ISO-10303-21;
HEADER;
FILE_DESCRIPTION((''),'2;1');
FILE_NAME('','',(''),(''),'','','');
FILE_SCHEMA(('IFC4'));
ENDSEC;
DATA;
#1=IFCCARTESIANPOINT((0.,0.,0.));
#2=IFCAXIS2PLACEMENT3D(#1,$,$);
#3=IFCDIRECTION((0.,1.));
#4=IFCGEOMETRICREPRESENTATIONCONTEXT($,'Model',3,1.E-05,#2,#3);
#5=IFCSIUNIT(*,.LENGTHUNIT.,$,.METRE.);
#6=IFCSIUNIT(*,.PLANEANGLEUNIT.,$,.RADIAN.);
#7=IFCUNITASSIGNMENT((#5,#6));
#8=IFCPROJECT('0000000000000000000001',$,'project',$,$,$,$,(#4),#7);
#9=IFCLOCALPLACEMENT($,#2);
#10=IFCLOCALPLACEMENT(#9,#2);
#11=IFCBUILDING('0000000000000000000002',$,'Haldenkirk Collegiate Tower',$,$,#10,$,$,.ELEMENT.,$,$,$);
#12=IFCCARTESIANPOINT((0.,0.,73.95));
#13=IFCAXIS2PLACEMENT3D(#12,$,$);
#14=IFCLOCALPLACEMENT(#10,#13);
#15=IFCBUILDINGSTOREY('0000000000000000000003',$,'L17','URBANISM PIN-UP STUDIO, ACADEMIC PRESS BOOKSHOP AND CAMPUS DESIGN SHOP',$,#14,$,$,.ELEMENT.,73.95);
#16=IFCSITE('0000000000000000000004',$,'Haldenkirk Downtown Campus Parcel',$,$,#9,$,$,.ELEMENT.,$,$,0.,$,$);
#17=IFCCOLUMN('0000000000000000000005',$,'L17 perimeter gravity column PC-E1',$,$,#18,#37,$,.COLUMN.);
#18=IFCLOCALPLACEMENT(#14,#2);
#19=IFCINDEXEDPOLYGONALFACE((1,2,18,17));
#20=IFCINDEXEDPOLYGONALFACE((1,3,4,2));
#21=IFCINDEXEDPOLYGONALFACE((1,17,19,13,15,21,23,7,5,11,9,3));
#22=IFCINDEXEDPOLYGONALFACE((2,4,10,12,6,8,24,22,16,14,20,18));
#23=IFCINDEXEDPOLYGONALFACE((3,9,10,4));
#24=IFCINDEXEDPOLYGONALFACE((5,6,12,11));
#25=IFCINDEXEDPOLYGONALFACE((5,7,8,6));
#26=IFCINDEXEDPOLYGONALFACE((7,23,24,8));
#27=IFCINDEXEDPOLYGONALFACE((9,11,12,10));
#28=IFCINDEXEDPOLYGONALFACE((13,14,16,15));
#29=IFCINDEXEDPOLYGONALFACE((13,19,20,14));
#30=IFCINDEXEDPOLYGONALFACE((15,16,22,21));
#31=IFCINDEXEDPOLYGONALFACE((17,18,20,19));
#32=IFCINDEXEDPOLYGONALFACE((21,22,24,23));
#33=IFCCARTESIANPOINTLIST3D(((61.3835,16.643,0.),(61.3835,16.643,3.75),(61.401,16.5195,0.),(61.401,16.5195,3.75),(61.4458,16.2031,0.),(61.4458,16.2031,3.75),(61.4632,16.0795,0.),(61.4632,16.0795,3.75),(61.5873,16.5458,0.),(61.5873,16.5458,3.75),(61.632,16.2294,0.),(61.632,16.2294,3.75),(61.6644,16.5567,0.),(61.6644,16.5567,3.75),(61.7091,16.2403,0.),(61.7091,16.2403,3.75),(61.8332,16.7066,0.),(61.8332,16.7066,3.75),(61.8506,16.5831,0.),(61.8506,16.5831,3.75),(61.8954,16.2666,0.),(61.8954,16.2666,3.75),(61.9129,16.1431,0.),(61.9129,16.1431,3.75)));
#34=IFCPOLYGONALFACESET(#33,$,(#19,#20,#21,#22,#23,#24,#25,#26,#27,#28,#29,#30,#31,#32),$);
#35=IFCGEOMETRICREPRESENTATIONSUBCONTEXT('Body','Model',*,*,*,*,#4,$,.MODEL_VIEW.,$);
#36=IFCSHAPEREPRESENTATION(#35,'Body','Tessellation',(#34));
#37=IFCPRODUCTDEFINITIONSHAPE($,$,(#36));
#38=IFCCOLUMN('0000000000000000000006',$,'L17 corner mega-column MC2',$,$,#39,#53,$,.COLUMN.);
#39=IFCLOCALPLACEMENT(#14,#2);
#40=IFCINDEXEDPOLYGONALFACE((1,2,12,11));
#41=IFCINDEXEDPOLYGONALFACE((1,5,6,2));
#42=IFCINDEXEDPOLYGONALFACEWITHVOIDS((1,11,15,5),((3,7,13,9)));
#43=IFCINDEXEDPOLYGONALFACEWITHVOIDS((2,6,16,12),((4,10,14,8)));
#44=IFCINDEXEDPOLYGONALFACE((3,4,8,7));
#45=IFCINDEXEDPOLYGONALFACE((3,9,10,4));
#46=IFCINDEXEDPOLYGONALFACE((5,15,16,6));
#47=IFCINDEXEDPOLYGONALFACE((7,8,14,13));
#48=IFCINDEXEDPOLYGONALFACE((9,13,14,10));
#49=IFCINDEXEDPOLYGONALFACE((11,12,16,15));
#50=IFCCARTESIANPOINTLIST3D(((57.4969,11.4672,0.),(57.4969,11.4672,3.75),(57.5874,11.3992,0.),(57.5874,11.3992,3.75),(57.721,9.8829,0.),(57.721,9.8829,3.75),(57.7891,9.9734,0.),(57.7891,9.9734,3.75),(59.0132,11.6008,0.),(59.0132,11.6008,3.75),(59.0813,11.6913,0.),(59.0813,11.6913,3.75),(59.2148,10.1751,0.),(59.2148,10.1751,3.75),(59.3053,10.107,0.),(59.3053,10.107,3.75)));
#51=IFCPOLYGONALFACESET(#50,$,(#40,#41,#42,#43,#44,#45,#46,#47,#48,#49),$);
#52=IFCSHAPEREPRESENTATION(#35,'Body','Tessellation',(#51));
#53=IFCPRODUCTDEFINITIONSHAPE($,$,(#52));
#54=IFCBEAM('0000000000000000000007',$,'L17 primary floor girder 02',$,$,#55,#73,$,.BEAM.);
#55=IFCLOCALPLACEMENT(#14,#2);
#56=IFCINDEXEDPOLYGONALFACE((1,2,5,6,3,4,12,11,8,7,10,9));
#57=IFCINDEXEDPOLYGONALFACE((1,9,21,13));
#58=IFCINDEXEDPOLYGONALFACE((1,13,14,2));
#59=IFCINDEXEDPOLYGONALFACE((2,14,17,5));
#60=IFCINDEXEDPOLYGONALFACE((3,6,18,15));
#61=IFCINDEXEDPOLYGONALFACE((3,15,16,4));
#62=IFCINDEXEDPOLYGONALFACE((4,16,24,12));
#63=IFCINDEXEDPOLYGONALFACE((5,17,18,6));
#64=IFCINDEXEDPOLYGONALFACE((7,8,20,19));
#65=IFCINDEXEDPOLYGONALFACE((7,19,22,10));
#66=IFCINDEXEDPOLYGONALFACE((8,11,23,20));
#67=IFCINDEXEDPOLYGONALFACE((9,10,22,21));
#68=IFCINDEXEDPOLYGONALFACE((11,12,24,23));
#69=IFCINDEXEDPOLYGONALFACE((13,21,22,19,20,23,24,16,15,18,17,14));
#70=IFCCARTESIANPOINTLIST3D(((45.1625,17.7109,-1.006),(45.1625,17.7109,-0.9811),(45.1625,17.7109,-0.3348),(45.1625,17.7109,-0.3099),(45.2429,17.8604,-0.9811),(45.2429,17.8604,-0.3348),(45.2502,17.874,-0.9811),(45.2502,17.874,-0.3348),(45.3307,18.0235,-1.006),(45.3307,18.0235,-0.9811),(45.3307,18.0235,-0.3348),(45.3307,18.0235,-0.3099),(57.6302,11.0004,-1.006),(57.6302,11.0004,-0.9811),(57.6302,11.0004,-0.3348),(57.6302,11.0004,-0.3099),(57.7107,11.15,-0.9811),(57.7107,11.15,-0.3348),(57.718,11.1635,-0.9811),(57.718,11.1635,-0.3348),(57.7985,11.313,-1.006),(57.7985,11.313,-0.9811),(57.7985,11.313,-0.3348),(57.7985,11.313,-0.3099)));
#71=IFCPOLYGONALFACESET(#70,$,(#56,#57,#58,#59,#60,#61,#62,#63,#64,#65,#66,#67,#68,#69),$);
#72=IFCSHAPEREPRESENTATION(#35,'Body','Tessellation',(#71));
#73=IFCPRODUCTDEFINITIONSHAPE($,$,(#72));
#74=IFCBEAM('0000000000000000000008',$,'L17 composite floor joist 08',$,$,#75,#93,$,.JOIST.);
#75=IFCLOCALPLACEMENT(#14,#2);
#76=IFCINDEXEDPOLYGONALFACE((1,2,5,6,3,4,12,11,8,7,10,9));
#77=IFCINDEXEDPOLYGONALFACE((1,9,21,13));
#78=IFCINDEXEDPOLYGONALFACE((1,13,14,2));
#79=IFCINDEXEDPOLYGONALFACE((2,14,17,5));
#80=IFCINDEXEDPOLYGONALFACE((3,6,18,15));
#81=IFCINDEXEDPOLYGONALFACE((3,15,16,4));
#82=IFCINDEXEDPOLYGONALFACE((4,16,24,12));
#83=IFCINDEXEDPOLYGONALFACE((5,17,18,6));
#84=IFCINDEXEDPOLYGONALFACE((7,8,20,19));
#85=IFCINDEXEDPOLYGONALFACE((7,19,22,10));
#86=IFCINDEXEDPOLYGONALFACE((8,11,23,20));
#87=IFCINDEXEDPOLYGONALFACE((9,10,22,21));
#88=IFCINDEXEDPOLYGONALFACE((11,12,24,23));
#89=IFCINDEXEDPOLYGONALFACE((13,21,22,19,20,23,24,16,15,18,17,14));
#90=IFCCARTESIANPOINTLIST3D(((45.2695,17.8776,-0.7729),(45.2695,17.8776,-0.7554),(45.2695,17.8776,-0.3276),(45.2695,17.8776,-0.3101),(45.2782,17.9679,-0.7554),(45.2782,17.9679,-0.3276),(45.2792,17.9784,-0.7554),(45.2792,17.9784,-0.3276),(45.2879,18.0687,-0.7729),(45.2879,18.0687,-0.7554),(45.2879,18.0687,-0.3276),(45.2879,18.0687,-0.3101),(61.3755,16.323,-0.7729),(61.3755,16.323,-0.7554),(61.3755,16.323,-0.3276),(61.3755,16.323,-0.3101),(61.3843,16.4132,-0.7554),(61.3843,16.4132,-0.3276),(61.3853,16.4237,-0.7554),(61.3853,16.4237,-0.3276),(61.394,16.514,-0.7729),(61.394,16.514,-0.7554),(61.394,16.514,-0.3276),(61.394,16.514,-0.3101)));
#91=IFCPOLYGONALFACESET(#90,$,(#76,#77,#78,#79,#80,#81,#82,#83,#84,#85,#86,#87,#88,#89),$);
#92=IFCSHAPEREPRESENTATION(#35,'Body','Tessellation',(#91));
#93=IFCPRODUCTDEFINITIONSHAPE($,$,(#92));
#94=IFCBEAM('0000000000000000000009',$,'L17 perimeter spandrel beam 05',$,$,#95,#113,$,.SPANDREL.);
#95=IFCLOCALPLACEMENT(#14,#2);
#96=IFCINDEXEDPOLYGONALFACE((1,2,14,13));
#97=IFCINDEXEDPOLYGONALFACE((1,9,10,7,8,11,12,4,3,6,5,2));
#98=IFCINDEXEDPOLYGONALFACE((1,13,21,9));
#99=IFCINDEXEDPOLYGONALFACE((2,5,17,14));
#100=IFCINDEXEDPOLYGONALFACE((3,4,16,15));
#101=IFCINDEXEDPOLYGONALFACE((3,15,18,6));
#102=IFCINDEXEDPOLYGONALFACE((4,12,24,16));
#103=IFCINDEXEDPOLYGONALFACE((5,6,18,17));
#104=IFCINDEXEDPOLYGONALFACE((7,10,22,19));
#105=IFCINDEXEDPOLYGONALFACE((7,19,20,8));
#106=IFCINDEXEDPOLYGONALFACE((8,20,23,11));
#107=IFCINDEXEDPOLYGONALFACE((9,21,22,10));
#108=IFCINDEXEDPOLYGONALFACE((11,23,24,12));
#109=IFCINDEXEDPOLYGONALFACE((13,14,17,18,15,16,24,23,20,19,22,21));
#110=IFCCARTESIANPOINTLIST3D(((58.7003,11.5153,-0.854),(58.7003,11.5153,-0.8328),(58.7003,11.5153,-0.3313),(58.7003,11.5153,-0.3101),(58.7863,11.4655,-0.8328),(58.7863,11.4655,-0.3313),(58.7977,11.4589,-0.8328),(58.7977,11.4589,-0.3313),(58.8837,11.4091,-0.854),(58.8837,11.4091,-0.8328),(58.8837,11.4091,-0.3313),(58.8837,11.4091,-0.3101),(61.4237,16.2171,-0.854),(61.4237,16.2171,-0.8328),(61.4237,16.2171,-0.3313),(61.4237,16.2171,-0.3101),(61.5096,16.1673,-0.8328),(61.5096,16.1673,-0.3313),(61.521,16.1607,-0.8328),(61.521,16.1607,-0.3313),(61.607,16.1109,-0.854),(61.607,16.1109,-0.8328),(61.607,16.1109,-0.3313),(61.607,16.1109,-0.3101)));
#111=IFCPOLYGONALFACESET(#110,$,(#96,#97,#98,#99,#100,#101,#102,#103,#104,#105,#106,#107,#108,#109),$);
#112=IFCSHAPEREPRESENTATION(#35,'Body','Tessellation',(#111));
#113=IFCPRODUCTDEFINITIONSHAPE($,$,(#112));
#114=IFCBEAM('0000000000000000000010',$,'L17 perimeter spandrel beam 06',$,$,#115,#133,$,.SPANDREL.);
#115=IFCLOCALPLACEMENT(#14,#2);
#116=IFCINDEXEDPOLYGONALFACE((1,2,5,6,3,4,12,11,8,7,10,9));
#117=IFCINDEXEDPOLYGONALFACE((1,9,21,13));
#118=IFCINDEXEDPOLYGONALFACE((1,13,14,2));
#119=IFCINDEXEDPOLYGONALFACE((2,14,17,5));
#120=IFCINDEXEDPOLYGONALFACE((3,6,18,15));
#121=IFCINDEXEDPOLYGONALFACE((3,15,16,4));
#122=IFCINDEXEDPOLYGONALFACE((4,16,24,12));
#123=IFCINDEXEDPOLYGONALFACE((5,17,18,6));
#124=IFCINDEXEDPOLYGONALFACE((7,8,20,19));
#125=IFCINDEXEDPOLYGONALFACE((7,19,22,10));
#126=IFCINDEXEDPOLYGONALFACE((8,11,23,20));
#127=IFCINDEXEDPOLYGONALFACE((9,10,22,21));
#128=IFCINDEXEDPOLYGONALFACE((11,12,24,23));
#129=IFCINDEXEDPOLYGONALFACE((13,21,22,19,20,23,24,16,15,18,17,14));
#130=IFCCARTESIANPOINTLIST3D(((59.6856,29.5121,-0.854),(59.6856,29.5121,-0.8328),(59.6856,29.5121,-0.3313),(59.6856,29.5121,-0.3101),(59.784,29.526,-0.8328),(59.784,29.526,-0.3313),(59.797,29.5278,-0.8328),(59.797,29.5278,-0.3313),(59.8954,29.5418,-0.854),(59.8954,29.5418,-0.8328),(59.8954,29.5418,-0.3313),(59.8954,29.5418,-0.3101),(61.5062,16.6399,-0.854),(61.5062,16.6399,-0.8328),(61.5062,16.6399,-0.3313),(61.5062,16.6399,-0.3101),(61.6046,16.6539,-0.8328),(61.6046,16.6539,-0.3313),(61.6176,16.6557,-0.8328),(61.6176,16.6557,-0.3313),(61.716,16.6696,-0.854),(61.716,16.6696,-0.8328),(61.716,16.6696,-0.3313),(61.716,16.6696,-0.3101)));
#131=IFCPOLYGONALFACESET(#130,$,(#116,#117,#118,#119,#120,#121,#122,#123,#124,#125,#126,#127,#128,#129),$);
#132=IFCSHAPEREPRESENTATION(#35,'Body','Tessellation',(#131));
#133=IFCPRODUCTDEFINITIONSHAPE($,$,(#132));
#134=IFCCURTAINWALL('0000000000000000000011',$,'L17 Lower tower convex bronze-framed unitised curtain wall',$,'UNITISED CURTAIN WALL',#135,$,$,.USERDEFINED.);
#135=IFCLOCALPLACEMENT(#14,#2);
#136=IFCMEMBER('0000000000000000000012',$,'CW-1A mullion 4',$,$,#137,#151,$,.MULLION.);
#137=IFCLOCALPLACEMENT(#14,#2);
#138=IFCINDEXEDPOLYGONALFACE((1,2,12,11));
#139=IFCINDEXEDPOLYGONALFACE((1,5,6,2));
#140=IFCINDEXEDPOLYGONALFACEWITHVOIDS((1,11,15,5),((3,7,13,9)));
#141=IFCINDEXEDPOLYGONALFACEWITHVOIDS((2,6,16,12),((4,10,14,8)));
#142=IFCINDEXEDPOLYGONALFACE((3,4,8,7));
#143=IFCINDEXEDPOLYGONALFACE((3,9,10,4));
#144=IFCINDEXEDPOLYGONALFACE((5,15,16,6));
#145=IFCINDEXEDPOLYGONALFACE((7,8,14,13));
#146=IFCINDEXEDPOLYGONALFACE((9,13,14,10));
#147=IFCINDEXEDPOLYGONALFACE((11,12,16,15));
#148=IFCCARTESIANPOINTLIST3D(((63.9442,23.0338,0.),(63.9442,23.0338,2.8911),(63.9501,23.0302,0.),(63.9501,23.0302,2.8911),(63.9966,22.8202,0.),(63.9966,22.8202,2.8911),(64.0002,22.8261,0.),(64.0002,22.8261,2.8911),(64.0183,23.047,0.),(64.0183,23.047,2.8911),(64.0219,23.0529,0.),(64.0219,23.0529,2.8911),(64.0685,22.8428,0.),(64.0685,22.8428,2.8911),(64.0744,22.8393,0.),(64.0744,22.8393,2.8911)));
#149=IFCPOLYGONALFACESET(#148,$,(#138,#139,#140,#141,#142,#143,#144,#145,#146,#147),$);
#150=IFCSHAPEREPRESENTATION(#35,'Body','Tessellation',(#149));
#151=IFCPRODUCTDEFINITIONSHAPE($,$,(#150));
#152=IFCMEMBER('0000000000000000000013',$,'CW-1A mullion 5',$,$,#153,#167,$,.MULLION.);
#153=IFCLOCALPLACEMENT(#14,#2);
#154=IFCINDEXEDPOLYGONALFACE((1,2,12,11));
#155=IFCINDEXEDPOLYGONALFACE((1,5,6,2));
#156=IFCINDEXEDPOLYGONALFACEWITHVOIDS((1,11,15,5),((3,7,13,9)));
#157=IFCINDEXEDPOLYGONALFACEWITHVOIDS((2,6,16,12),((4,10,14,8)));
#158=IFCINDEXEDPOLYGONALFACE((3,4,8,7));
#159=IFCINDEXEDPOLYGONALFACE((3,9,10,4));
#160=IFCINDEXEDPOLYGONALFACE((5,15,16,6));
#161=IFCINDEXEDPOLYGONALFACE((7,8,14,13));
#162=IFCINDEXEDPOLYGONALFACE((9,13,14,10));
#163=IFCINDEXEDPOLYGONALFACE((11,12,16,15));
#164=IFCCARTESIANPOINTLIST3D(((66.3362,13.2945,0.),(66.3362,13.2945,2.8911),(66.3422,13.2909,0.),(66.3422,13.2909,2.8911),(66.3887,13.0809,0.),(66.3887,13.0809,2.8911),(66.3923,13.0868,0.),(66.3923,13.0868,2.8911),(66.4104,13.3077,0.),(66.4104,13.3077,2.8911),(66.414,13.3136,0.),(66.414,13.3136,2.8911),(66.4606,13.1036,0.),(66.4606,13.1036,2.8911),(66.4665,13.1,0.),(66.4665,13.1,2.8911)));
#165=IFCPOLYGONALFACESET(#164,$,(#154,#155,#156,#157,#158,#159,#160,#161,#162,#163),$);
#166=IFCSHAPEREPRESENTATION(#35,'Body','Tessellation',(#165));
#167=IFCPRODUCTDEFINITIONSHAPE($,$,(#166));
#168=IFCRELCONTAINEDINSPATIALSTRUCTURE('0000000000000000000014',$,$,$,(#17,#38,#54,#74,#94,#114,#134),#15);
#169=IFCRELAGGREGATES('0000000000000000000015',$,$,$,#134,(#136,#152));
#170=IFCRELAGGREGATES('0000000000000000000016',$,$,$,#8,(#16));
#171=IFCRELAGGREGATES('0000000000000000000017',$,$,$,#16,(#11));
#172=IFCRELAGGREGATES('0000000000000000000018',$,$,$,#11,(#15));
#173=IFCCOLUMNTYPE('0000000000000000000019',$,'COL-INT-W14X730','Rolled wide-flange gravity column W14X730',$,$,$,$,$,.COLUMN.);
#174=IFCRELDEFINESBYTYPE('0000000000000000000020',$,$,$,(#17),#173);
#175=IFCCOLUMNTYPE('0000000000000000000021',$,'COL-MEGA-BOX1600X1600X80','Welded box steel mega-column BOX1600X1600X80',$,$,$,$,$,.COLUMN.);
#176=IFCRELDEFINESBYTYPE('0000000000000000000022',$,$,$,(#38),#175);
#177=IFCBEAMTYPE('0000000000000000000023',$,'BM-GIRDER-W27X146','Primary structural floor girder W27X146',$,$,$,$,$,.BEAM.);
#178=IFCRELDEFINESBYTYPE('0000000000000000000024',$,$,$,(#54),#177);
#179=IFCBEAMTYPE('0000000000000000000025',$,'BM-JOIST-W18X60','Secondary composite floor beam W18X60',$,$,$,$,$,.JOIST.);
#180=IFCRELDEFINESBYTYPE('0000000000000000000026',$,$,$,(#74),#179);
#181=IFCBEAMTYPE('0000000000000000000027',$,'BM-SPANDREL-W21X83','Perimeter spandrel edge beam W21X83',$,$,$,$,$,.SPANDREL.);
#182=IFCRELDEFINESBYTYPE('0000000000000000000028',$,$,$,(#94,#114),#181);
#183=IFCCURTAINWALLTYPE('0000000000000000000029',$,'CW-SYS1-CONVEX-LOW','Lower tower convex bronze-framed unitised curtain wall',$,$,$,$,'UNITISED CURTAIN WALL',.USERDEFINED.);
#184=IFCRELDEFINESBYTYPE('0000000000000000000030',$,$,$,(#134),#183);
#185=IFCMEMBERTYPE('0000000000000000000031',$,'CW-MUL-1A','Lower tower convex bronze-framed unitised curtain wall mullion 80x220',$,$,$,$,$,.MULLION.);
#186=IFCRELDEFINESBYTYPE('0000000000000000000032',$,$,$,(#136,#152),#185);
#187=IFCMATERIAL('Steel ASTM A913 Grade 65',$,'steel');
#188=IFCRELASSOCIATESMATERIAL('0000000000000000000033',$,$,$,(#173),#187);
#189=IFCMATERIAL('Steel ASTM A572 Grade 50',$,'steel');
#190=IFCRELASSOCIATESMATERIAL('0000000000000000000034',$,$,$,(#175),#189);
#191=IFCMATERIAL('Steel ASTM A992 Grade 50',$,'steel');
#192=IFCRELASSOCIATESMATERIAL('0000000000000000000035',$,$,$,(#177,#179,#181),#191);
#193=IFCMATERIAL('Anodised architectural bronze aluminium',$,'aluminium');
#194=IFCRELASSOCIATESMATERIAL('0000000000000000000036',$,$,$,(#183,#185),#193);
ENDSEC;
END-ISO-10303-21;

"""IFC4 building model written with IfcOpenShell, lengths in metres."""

from ifc_helpers import new_model, si_unit, direction, frame, origin, origin_2d, place, context, subcontext, project, spatial, hollow_rectangle, i_section, extrude, material, material_profile, profile_set, type_object, element, aggregate, save


model = new_model("IFC4")

# Units and contexts
model_context = context("Model", 3, precision=1e-05, world=origin(), true_north=direction((0.0, 1.0)))
body_context = subcontext(model_context, "Body", "Model", "MODEL_VIEW")
ifc_project = project(units=[si_unit("LENGTHUNIT", "METRE"), si_unit("PLANEANGLEUNIT", "RADIAN")], contexts=[model_context])

# Site, building, storey
site_placement = place(None, origin())
site = spatial("IfcSite", under=ifc_project, at=site_placement, Name="Haldenkirk Downtown Campus Parcel", CompositionType="ELEMENT", RefElevation=0.0)
building_placement = place(site_placement, origin())
building = spatial("IfcBuilding", under=site, at=building_placement, Name="Haldenkirk Collegiate Tower", CompositionType="ELEMENT")
storey_placement = place(building_placement, frame((0.0, 0.0, 73.95)))
storey = spatial("IfcBuildingStorey", under=building, at=storey_placement, Name="L17", Description="URBANISM PIN-UP STUDIO, ACADEMIC PRESS BOOKSHOP AND CAMPUS DESIGN SHOP", CompositionType="ELEMENT", Elevation=73.95)

# Columns
ifc_material_1 = material(Name="Steel ASTM A913 Grade 65", Category="steel")
ifc_material_profile_1 = material_profile(ifc_material_1, i_section(OverallWidth=0.4541, OverallDepth=0.5691, WebThickness=0.0779, FlangeThickness=0.1248, at=origin_2d()), Name="W14X730")
ifc_profile_set_1 = profile_set([ifc_material_profile_1], Name="Steel ASTM A913 Grade 65")
column_type_1 = type_object("IfcColumnType", Name="COL-INT-W14X730", Description="Rolled wide-flange gravity column W14X730", PredefinedType="COLUMN", material=ifc_profile_set_1)
column_1_placement = place(storey_placement, frame((61.6482, 16.3931, 0.0), z_axis=(0.0, 0.0, 1.0), x_axis=(0.990146, 0.140037, 0.0)))
element("IfcColumn", 1, at=column_1_placement, inside=storey, type_object=column_type_1, Name="L17 perimeter gravity column PC-E1", PredefinedType="COLUMN", context=body_context, shape_type="SweptSolid", body=[
    extrude(i_section(OverallWidth=0.4541, OverallDepth=0.5691, WebThickness=0.0779, FlangeThickness=0.1248, at=origin_2d()), origin(), (0.0, 0.0, 1.0), 3.75),
])
ifc_material_2 = material(Name="Steel ASTM A572 Grade 50", Category="steel")
ifc_material_profile_2 = material_profile(ifc_material_2, hollow_rectangle(XDim=1.6001, YDim=1.6001, WallThickness=0.0801, at=origin_2d()), Name="BOX1600X1600X80")
ifc_profile_set_2 = profile_set([ifc_material_profile_2], Name="Steel ASTM A572 Grade 50")
column_type_2 = type_object("IfcColumnType", Name="COL-MEGA-BOX1600X1600X80", Description="Welded box steel mega-column BOX1600X1600X80", PredefinedType="COLUMN", material=ifc_profile_set_2)
column_2_placement = place(storey_placement, frame((58.4011, 10.7871, 0.0), z_axis=(0.0, 0.0, 1.0), x_axis=(0.990146, 0.140037, 0.0)))
element("IfcColumn", 2, at=column_2_placement, inside=storey, type_object=column_type_2, Name="L17 corner mega-column MC2", PredefinedType="COLUMN", context=body_context, shape_type="SweptSolid", body=[
    extrude(hollow_rectangle(XDim=1.6001, YDim=1.6001, WallThickness=0.0801, at=origin_2d()), origin(), (0.0, 0.0, 1.0), 3.75),
])

# Beams
ifc_material_3 = material(Name="Steel ASTM A992 Grade 50", Category="steel")
ifc_material_profile_3 = material_profile(ifc_material_3, i_section(OverallWidth=0.355, OverallDepth=0.696, WebThickness=0.0154, FlangeThickness=0.0249, at=origin_2d()), Name="W27X146")
ifc_profile_set_3 = profile_set([ifc_material_profile_3], Name="Steel ASTM A992 Grade 50")
beam_type_1 = type_object("IfcBeamType", Name="BM-GIRDER-W27X146", Description="Primary structural floor girder W27X146", PredefinedType="BEAM", material=ifc_profile_set_3)
beam_1_placement = place(storey_placement, frame((57.7144, 11.1567, -0.658), z_axis=(-0.880559, 0.473937, 0.0), x_axis=(-0.473937, -0.880559, 0.0)))
element("IfcBeam", 3, at=beam_1_placement, inside=storey, type_object=beam_type_1, Name="L17 primary floor girder 02", PredefinedType="BEAM", context=body_context, shape_type="SweptSolid", body=[
    extrude(i_section(OverallWidth=0.355, OverallDepth=0.696, WebThickness=0.0154, FlangeThickness=0.0249, at=origin_2d()), origin(), (0.0, 0.0, 1.0), 14.1589),
])
ifc_material_profile_4 = material_profile(ifc_material_3, i_section(OverallWidth=0.1919, OverallDepth=0.4629, WebThickness=0.0105, FlangeThickness=0.0176, at=origin_2d()), Name="W18X60")
ifc_profile_set_4 = profile_set([ifc_material_profile_4], Name="Steel ASTM A992 Grade 50")
beam_type_2 = type_object("IfcBeamType", Name="BM-JOIST-W18X60", Description="Secondary composite floor beam W18X60", PredefinedType="JOIST", material=ifc_profile_set_4)
beam_2_placement = place(storey_placement, frame((61.3848, 16.4185, -0.5415), z_axis=(-0.995373, 0.096082, 0.0), x_axis=(-0.096082, -0.995373, 0.0)))
element("IfcBeam", 4, at=beam_2_placement, inside=storey, type_object=beam_type_2, Name="L17 composite floor joist 08", PredefinedType="JOIST", context=body_context, shape_type="SweptSolid", body=[
    extrude(i_section(OverallWidth=0.1919, OverallDepth=0.4629, WebThickness=0.0105, FlangeThickness=0.0176, at=origin_2d()), origin(), (0.0, 0.0, 1.0), 16.1809),
])
ifc_material_profile_5 = material_profile(ifc_material_3, i_section(OverallWidth=0.2119, OverallDepth=0.5439, WebThickness=0.0132, FlangeThickness=0.0212, at=origin_2d()), Name="W21X83")
ifc_profile_set_5 = profile_set([ifc_material_profile_5], Name="Steel ASTM A992 Grade 50")
beam_type_3 = type_object("IfcBeamType", Name="BM-SPANDREL-W21X83", Description="Perimeter spandrel edge beam W21X83", PredefinedType="SPANDREL", material=ifc_profile_set_5)
beam_3_placement = place(storey_placement, frame((58.792, 11.4622, -0.582), z_axis=(0.501206, 0.865328, 0.0), x_axis=(-0.865328, 0.501206, 0.0)))
element("IfcBeam", 5, at=beam_3_placement, inside=storey, type_object=beam_type_3, Name="L17 perimeter spandrel beam 05", PredefinedType="SPANDREL", context=body_context, shape_type="SweptSolid", body=[
    extrude(i_section(OverallWidth=0.2119, OverallDepth=0.5439, WebThickness=0.0132, FlangeThickness=0.0212, at=origin_2d()), origin(), (0.0, 0.0, 1.0), 5.4336),
])
beam_4_placement = place(storey_placement, frame((61.6111, 16.6548, -0.582), z_axis=(-0.140041, 0.990146, 0.0), x_axis=(-0.990146, -0.140041, 0.0)))
element("IfcBeam", 6, at=beam_4_placement, inside=storey, type_object=beam_type_3, Name="L17 perimeter spandrel beam 06", PredefinedType="SPANDREL", context=body_context, shape_type="SweptSolid", body=[
    extrude(i_section(OverallWidth=0.2119, OverallDepth=0.5439, WebThickness=0.0132, FlangeThickness=0.0212, at=origin_2d()), origin(), (0.0, 0.0, 1.0), 13.0002),
])

# Curtain wall, members
ifc_material_4 = material(Name="Anodised architectural bronze aluminium", Category="aluminium")
curtain_wall_type = type_object("IfcCurtainWallType", Name="CW-SYS1-CONVEX-LOW", Description="Lower tower convex bronze-framed unitised curtain wall", ElementType="UNITISED CURTAIN WALL", PredefinedType="USERDEFINED", material=ifc_material_4)
curtain_wall_placement = place(storey_placement, origin())
curtain_wall = element("IfcCurtainWall", 7, at=curtain_wall_placement, inside=storey, type_object=curtain_wall_type, Name="L17 Lower tower convex bronze-framed unitised curtain wall", ObjectType="UNITISED CURTAIN WALL", PredefinedType="USERDEFINED")
ifc_material_profile_6 = material_profile(ifc_material_4, hollow_rectangle(XDim=0.0801, YDim=0.22, WallThickness=0.0049, at=origin_2d()), Name="CW-MUL-1A")
ifc_profile_set_6 = profile_set([ifc_material_profile_6], Name="Anodised architectural bronze aluminium")
member_type_1 = type_object("IfcMemberType", Name="CW-MUL-1A", Description="Lower tower convex bronze-framed unitised curtain wall mullion 80x220", PredefinedType="MULLION", material=ifc_profile_set_6)
member_1_placement = place(storey_placement, frame((64.0093, 22.9365, 0.0), z_axis=(0.0, 0.0, 1.0), x_axis=(0.971134, 0.238533, 0.0)))
member_1 = element("IfcMember", 8, at=member_1_placement, type_object=member_type_1, Name="CW-1A mullion 4", PredefinedType="MULLION", context=body_context, shape_type="SweptSolid", body=[
    extrude(hollow_rectangle(XDim=0.0801, YDim=0.22, WallThickness=0.0049, at=origin_2d()), origin(), (0.0, 0.0, 1.0), 2.8911),
])
member_2_placement = place(storey_placement, frame((66.4014, 13.1973, 0.0), z_axis=(0.0, 0.0, 1.0), x_axis=(0.971134, 0.238533, 0.0)))
member_2 = element("IfcMember", 9, at=member_2_placement, type_object=member_type_1, Name="CW-1A mullion 5", PredefinedType="MULLION", context=body_context, shape_type="SweptSolid", body=[
    extrude(hollow_rectangle(XDim=0.0801, YDim=0.22, WallThickness=0.0049, at=origin_2d()), origin(), (0.0, 0.0, 1.0), 2.8911),
])
aggregate(curtain_wall, [member_1, member_2])

save(model, "model.ifc")
